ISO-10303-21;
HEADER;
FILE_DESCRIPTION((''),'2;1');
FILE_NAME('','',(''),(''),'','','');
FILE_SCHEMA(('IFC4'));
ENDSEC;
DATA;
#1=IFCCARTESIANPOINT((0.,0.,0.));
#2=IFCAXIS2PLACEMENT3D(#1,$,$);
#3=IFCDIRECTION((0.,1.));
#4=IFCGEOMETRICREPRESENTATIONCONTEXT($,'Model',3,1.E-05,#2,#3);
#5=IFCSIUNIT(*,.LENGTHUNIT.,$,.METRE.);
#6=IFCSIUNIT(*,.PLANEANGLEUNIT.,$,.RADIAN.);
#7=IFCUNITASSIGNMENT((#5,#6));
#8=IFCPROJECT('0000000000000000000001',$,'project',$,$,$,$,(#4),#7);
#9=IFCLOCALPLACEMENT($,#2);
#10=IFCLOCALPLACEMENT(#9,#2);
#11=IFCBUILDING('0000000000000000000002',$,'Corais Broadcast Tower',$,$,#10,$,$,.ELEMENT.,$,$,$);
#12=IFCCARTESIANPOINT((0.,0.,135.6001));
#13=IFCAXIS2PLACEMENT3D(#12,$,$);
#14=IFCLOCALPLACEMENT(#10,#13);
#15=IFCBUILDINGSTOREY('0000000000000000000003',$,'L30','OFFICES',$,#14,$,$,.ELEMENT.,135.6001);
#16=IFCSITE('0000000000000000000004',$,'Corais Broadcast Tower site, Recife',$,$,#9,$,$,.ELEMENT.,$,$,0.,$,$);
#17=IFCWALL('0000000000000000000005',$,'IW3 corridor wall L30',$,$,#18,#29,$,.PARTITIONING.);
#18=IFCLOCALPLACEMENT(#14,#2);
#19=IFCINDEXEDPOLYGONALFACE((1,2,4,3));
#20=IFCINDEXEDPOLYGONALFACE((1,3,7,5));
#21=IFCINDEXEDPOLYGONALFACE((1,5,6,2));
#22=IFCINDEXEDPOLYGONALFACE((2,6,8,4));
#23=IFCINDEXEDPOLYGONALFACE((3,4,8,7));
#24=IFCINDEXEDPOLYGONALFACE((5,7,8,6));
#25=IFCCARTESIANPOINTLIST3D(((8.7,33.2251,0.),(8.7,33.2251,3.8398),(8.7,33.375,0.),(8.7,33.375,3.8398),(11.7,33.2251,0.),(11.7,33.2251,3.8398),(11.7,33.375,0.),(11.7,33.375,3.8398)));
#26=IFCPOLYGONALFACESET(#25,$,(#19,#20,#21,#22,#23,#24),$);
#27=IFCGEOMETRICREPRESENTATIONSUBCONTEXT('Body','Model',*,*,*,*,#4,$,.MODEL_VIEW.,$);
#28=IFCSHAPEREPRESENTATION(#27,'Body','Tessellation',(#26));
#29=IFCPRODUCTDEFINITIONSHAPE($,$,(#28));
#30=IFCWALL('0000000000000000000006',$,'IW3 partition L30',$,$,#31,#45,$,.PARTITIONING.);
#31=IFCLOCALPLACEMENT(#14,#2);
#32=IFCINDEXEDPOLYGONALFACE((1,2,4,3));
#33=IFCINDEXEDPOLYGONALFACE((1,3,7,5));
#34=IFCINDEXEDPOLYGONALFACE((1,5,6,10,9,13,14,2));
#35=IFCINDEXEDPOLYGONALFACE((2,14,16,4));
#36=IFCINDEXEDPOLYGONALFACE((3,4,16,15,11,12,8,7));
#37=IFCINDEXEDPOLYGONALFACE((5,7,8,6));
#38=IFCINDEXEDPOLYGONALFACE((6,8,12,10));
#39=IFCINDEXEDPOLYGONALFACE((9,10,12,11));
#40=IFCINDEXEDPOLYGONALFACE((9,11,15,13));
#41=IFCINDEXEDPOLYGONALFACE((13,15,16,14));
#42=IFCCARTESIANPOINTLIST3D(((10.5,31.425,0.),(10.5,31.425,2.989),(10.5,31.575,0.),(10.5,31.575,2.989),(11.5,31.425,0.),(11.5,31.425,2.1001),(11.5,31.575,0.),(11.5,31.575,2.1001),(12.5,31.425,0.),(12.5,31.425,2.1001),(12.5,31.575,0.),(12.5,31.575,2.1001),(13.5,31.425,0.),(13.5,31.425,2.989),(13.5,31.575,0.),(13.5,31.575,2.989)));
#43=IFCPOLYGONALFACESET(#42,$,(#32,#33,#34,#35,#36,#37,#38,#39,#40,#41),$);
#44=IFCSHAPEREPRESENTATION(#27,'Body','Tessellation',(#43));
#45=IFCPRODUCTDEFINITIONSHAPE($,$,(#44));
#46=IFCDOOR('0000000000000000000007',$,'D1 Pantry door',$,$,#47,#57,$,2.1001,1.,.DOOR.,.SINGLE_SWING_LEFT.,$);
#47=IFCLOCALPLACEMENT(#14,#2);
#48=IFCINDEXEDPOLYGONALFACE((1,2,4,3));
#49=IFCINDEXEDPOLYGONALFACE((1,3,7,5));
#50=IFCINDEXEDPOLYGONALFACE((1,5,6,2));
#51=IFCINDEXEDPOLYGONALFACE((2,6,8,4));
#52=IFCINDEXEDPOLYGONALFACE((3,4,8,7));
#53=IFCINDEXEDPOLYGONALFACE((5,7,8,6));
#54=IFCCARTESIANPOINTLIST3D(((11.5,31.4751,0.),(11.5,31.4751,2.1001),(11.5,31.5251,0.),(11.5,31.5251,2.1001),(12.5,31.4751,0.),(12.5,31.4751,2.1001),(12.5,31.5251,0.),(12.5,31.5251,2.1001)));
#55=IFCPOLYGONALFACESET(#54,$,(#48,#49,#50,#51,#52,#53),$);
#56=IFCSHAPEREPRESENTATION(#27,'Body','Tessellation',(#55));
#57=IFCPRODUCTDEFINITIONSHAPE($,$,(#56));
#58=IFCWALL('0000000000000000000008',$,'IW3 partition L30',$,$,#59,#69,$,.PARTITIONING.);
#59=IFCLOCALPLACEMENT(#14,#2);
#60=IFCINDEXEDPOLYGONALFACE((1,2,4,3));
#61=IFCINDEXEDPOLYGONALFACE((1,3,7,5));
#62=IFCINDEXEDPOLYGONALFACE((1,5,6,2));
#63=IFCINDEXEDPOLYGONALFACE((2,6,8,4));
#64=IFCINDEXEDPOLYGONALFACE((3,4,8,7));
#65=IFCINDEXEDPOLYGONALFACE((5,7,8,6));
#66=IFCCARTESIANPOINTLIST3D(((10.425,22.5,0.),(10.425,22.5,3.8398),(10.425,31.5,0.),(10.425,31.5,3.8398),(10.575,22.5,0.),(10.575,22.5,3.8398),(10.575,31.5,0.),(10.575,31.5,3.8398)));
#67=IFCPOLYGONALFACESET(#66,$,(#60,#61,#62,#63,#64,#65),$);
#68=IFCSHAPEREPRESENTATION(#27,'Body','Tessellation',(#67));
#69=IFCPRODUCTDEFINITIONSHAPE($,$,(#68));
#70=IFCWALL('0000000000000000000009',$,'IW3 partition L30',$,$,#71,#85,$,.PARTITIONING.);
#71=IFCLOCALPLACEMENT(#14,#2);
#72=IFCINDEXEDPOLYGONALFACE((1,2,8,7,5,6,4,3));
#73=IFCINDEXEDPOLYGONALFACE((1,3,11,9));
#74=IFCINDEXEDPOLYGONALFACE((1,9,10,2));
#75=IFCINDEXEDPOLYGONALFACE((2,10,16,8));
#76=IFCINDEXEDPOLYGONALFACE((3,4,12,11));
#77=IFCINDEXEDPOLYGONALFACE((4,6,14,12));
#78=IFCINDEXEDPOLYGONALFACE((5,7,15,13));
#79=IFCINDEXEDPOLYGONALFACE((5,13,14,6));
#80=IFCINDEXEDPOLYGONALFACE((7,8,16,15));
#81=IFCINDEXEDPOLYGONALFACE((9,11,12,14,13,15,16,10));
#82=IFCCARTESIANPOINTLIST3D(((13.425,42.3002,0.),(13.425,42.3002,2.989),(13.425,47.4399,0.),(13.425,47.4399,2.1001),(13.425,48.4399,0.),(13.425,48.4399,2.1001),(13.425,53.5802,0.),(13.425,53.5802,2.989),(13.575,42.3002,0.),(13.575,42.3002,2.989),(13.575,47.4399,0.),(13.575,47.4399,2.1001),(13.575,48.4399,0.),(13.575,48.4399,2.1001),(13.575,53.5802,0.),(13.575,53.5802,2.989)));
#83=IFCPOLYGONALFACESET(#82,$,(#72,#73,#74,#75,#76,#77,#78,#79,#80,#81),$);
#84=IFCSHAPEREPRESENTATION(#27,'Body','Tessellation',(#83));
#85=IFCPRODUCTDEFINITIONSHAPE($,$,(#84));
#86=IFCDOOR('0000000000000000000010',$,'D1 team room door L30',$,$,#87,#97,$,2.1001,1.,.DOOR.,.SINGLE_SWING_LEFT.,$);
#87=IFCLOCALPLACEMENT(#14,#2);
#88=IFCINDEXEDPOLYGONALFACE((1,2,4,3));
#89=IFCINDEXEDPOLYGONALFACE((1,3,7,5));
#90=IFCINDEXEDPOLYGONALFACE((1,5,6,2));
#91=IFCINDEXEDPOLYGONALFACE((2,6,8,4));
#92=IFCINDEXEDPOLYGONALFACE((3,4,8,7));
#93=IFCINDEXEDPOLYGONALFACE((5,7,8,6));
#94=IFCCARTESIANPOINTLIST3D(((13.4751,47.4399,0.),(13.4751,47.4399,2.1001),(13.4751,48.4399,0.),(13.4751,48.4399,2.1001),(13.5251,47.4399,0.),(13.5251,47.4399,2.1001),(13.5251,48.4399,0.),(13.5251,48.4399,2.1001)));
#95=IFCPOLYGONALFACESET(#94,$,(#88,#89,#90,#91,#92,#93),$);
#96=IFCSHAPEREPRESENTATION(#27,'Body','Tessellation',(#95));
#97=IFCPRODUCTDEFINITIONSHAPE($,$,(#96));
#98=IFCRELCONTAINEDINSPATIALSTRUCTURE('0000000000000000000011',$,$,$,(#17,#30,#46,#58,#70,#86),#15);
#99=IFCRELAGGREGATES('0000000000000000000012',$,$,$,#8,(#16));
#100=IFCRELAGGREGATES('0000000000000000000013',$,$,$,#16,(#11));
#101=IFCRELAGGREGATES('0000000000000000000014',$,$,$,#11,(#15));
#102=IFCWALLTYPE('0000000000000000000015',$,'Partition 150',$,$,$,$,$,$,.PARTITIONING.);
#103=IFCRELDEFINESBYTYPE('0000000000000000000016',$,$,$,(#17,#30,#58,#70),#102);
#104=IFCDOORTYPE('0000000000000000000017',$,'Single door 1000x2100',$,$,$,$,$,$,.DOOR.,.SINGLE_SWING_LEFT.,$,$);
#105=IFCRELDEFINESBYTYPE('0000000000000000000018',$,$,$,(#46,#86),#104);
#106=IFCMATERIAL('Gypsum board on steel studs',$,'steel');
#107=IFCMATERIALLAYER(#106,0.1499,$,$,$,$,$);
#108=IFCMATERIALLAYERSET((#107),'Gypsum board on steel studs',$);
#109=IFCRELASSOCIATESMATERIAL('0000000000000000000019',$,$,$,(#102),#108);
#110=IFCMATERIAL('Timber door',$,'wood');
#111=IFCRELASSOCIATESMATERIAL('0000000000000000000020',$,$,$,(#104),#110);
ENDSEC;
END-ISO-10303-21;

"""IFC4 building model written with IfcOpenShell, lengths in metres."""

from ifc_helpers import new_model, si_unit, direction, frame, frame_2d, origin, place, context, subcontext, project, spatial, rectangle, extrude, material, layer, layer_set, type_object, element, fill, save


model = new_model("IFC4")

# Units and contexts
model_context = context("Model", 3, precision=1e-05, world=origin(), true_north=direction((0.0, 1.0)))
body_context = subcontext(model_context, "Body", "Model", "MODEL_VIEW")
ifc_project = project(units=[si_unit("LENGTHUNIT", "METRE"), si_unit("PLANEANGLEUNIT", "RADIAN")], contexts=[model_context])

# Site, building, storey
site_placement = place(None, origin())
site = spatial("IfcSite", under=ifc_project, at=site_placement, Name="Corais Broadcast Tower site, Recife", CompositionType="ELEMENT", RefElevation=0.0)
building_placement = place(site_placement, origin())
building = spatial("IfcBuilding", under=site, at=building_placement, Name="Corais Broadcast Tower", CompositionType="ELEMENT")
storey_placement = place(building_placement, frame((0.0, 0.0, 135.6001)))
storey = spatial("IfcBuildingStorey", under=building, at=storey_placement, Name="L30", Description="OFFICES", CompositionType="ELEMENT", Elevation=135.6001)

# Wall
ifc_material_1 = material(Name="Gypsum board on steel studs", Category="steel")
ifc_layer_1 = layer(ifc_material_1, 0.1499)
ifc_layer_set_1 = layer_set([ifc_layer_1], Name="Gypsum board on steel studs")
wall_type_1 = type_object("IfcWallType", Name="Partition 150", PredefinedType="PARTITIONING", material=ifc_layer_set_1)
wall_1_placement = place(storey_placement, frame((11.7, 33.3, 0.0), z_axis=(0.0, 0.0, 1.0), x_axis=(-1.0, 0.0, 0.0)))
element("IfcWall", 1, at=wall_1_placement, inside=storey, type_object=wall_type_1, Name="IW3 corridor wall L30", PredefinedType="PARTITIONING", context=body_context, shape_type="SweptSolid", body=[
    extrude(rectangle(XDim=3.0, YDim=0.1499, at=frame_2d((1.5, 0.0))), origin(), (0.0, 0.0, 1.0), 3.8398),
])

# Wall, opening, door
wall_2_placement = place(storey_placement, frame((13.5, 31.5, 0.0), z_axis=(0.0, 0.0, 1.0), x_axis=(-1.0, 0.0, 0.0)))
wall_2 = element("IfcWall", 2, at=wall_2_placement, inside=storey, type_object=wall_type_1, Name="IW3 partition L30", PredefinedType="PARTITIONING", context=body_context, shape_type="SweptSolid", body=[
    extrude(rectangle(XDim=3.0, YDim=0.1499, at=frame_2d((1.5, 0.0))), origin(), (0.0, 0.0, 1.0), 2.989),
])
opening_1_placement = place(wall_2_placement, frame((1.0, 0.0, 0.0)))
opening_1 = element("IfcOpeningElement", 3, at=opening_1_placement, cuts=wall_2, PredefinedType="OPENING", context=body_context, shape_type="SweptSolid", body=[
    extrude(rectangle(XDim=1.0, YDim=2.1001, at=frame_2d((0.5, 1.05))), frame((0.0, 0.085, 0.0), z_axis=(0.0, -1.0, 0.0), x_axis=(1.0, 0.0, 0.0)), (0.0, 0.0, 1.0), 0.1699),
])
ifc_material_2 = material(Name="Timber door", Category="wood")
door_type_1 = type_object("IfcDoorType", Name="Single door 1000x2100", OperationType="SINGLE_SWING_LEFT", PredefinedType="DOOR", material=ifc_material_2)
door_1_placement = place(opening_1_placement, origin())
door_1 = element("IfcDoor", 4, at=door_1_placement, inside=storey, type_object=door_type_1, Name="D1 Pantry door", OperationType="SINGLE_SWING_LEFT", OverallHeight=2.1001, OverallWidth=1.0, PredefinedType="DOOR", context=body_context, shape_type="SweptSolid", body=[
    extrude(rectangle(XDim=1.0, YDim=2.1001, at=frame_2d((0.5, 1.05))), frame((0.0, 0.0249, 0.0), z_axis=(0.0, -1.0, 0.0), x_axis=(1.0, 0.0, 0.0)), (0.0, 0.0, 1.0), 0.05),
])
fill(opening_1, door_1)

# Wall
wall_3_placement = place(storey_placement, frame((10.5, 31.5, 0.0), z_axis=(0.0, 0.0, 1.0), x_axis=(0.0, -1.0, 0.0)))
element("IfcWall", 5, at=wall_3_placement, inside=storey, type_object=wall_type_1, Name="IW3 partition L30", PredefinedType="PARTITIONING", context=body_context, shape_type="SweptSolid", body=[
    extrude(rectangle(XDim=9.0, YDim=0.1499, at=frame_2d((4.5, 0.0))), origin(), (0.0, 0.0, 1.0), 3.8398),
])

# Wall, opening, door
wall_4_placement = place(storey_placement, frame((13.5, 42.3, 0.0), z_axis=(0.0, 0.0, 1.0), x_axis=(0.0, 1.0, 0.0)))
wall_4 = element("IfcWall", 6, at=wall_4_placement, inside=storey, type_object=wall_type_1, Name="IW3 partition L30", PredefinedType="PARTITIONING", context=body_context, shape_type="SweptSolid", body=[
    extrude(rectangle(XDim=11.28, YDim=0.1499, at=frame_2d((5.6401, 0.0))), origin(), (0.0, 0.0, 1.0), 2.989),
])
opening_2_placement = place(wall_4_placement, frame((5.1399, 0.0, 0.0)))
opening_2 = element("IfcOpeningElement", 7, at=opening_2_placement, cuts=wall_4, PredefinedType="OPENING", context=body_context, shape_type="SweptSolid", body=[
    extrude(rectangle(XDim=1.0, YDim=2.1001, at=frame_2d((0.5, 1.05))), frame((0.0, 0.085, 0.0), z_axis=(0.0, -1.0, 0.0), x_axis=(1.0, 0.0, 0.0)), (0.0, 0.0, 1.0), 0.1699),
])
door_2_placement = place(opening_2_placement, origin())
door_2 = element("IfcDoor", 8, at=door_2_placement, inside=storey, type_object=door_type_1, Name="D1 team room door L30", OperationType="SINGLE_SWING_LEFT", OverallHeight=2.1001, OverallWidth=1.0, PredefinedType="DOOR", context=body_context, shape_type="SweptSolid", body=[
    extrude(rectangle(XDim=1.0, YDim=2.1001, at=frame_2d((0.5, 1.05))), frame((0.0, 0.0249, 0.0), z_axis=(0.0, -1.0, 0.0), x_axis=(1.0, 0.0, 0.0)), (0.0, 0.0, 1.0), 0.05),
])
fill(opening_2, door_2)

save(model, "model.ifc")
